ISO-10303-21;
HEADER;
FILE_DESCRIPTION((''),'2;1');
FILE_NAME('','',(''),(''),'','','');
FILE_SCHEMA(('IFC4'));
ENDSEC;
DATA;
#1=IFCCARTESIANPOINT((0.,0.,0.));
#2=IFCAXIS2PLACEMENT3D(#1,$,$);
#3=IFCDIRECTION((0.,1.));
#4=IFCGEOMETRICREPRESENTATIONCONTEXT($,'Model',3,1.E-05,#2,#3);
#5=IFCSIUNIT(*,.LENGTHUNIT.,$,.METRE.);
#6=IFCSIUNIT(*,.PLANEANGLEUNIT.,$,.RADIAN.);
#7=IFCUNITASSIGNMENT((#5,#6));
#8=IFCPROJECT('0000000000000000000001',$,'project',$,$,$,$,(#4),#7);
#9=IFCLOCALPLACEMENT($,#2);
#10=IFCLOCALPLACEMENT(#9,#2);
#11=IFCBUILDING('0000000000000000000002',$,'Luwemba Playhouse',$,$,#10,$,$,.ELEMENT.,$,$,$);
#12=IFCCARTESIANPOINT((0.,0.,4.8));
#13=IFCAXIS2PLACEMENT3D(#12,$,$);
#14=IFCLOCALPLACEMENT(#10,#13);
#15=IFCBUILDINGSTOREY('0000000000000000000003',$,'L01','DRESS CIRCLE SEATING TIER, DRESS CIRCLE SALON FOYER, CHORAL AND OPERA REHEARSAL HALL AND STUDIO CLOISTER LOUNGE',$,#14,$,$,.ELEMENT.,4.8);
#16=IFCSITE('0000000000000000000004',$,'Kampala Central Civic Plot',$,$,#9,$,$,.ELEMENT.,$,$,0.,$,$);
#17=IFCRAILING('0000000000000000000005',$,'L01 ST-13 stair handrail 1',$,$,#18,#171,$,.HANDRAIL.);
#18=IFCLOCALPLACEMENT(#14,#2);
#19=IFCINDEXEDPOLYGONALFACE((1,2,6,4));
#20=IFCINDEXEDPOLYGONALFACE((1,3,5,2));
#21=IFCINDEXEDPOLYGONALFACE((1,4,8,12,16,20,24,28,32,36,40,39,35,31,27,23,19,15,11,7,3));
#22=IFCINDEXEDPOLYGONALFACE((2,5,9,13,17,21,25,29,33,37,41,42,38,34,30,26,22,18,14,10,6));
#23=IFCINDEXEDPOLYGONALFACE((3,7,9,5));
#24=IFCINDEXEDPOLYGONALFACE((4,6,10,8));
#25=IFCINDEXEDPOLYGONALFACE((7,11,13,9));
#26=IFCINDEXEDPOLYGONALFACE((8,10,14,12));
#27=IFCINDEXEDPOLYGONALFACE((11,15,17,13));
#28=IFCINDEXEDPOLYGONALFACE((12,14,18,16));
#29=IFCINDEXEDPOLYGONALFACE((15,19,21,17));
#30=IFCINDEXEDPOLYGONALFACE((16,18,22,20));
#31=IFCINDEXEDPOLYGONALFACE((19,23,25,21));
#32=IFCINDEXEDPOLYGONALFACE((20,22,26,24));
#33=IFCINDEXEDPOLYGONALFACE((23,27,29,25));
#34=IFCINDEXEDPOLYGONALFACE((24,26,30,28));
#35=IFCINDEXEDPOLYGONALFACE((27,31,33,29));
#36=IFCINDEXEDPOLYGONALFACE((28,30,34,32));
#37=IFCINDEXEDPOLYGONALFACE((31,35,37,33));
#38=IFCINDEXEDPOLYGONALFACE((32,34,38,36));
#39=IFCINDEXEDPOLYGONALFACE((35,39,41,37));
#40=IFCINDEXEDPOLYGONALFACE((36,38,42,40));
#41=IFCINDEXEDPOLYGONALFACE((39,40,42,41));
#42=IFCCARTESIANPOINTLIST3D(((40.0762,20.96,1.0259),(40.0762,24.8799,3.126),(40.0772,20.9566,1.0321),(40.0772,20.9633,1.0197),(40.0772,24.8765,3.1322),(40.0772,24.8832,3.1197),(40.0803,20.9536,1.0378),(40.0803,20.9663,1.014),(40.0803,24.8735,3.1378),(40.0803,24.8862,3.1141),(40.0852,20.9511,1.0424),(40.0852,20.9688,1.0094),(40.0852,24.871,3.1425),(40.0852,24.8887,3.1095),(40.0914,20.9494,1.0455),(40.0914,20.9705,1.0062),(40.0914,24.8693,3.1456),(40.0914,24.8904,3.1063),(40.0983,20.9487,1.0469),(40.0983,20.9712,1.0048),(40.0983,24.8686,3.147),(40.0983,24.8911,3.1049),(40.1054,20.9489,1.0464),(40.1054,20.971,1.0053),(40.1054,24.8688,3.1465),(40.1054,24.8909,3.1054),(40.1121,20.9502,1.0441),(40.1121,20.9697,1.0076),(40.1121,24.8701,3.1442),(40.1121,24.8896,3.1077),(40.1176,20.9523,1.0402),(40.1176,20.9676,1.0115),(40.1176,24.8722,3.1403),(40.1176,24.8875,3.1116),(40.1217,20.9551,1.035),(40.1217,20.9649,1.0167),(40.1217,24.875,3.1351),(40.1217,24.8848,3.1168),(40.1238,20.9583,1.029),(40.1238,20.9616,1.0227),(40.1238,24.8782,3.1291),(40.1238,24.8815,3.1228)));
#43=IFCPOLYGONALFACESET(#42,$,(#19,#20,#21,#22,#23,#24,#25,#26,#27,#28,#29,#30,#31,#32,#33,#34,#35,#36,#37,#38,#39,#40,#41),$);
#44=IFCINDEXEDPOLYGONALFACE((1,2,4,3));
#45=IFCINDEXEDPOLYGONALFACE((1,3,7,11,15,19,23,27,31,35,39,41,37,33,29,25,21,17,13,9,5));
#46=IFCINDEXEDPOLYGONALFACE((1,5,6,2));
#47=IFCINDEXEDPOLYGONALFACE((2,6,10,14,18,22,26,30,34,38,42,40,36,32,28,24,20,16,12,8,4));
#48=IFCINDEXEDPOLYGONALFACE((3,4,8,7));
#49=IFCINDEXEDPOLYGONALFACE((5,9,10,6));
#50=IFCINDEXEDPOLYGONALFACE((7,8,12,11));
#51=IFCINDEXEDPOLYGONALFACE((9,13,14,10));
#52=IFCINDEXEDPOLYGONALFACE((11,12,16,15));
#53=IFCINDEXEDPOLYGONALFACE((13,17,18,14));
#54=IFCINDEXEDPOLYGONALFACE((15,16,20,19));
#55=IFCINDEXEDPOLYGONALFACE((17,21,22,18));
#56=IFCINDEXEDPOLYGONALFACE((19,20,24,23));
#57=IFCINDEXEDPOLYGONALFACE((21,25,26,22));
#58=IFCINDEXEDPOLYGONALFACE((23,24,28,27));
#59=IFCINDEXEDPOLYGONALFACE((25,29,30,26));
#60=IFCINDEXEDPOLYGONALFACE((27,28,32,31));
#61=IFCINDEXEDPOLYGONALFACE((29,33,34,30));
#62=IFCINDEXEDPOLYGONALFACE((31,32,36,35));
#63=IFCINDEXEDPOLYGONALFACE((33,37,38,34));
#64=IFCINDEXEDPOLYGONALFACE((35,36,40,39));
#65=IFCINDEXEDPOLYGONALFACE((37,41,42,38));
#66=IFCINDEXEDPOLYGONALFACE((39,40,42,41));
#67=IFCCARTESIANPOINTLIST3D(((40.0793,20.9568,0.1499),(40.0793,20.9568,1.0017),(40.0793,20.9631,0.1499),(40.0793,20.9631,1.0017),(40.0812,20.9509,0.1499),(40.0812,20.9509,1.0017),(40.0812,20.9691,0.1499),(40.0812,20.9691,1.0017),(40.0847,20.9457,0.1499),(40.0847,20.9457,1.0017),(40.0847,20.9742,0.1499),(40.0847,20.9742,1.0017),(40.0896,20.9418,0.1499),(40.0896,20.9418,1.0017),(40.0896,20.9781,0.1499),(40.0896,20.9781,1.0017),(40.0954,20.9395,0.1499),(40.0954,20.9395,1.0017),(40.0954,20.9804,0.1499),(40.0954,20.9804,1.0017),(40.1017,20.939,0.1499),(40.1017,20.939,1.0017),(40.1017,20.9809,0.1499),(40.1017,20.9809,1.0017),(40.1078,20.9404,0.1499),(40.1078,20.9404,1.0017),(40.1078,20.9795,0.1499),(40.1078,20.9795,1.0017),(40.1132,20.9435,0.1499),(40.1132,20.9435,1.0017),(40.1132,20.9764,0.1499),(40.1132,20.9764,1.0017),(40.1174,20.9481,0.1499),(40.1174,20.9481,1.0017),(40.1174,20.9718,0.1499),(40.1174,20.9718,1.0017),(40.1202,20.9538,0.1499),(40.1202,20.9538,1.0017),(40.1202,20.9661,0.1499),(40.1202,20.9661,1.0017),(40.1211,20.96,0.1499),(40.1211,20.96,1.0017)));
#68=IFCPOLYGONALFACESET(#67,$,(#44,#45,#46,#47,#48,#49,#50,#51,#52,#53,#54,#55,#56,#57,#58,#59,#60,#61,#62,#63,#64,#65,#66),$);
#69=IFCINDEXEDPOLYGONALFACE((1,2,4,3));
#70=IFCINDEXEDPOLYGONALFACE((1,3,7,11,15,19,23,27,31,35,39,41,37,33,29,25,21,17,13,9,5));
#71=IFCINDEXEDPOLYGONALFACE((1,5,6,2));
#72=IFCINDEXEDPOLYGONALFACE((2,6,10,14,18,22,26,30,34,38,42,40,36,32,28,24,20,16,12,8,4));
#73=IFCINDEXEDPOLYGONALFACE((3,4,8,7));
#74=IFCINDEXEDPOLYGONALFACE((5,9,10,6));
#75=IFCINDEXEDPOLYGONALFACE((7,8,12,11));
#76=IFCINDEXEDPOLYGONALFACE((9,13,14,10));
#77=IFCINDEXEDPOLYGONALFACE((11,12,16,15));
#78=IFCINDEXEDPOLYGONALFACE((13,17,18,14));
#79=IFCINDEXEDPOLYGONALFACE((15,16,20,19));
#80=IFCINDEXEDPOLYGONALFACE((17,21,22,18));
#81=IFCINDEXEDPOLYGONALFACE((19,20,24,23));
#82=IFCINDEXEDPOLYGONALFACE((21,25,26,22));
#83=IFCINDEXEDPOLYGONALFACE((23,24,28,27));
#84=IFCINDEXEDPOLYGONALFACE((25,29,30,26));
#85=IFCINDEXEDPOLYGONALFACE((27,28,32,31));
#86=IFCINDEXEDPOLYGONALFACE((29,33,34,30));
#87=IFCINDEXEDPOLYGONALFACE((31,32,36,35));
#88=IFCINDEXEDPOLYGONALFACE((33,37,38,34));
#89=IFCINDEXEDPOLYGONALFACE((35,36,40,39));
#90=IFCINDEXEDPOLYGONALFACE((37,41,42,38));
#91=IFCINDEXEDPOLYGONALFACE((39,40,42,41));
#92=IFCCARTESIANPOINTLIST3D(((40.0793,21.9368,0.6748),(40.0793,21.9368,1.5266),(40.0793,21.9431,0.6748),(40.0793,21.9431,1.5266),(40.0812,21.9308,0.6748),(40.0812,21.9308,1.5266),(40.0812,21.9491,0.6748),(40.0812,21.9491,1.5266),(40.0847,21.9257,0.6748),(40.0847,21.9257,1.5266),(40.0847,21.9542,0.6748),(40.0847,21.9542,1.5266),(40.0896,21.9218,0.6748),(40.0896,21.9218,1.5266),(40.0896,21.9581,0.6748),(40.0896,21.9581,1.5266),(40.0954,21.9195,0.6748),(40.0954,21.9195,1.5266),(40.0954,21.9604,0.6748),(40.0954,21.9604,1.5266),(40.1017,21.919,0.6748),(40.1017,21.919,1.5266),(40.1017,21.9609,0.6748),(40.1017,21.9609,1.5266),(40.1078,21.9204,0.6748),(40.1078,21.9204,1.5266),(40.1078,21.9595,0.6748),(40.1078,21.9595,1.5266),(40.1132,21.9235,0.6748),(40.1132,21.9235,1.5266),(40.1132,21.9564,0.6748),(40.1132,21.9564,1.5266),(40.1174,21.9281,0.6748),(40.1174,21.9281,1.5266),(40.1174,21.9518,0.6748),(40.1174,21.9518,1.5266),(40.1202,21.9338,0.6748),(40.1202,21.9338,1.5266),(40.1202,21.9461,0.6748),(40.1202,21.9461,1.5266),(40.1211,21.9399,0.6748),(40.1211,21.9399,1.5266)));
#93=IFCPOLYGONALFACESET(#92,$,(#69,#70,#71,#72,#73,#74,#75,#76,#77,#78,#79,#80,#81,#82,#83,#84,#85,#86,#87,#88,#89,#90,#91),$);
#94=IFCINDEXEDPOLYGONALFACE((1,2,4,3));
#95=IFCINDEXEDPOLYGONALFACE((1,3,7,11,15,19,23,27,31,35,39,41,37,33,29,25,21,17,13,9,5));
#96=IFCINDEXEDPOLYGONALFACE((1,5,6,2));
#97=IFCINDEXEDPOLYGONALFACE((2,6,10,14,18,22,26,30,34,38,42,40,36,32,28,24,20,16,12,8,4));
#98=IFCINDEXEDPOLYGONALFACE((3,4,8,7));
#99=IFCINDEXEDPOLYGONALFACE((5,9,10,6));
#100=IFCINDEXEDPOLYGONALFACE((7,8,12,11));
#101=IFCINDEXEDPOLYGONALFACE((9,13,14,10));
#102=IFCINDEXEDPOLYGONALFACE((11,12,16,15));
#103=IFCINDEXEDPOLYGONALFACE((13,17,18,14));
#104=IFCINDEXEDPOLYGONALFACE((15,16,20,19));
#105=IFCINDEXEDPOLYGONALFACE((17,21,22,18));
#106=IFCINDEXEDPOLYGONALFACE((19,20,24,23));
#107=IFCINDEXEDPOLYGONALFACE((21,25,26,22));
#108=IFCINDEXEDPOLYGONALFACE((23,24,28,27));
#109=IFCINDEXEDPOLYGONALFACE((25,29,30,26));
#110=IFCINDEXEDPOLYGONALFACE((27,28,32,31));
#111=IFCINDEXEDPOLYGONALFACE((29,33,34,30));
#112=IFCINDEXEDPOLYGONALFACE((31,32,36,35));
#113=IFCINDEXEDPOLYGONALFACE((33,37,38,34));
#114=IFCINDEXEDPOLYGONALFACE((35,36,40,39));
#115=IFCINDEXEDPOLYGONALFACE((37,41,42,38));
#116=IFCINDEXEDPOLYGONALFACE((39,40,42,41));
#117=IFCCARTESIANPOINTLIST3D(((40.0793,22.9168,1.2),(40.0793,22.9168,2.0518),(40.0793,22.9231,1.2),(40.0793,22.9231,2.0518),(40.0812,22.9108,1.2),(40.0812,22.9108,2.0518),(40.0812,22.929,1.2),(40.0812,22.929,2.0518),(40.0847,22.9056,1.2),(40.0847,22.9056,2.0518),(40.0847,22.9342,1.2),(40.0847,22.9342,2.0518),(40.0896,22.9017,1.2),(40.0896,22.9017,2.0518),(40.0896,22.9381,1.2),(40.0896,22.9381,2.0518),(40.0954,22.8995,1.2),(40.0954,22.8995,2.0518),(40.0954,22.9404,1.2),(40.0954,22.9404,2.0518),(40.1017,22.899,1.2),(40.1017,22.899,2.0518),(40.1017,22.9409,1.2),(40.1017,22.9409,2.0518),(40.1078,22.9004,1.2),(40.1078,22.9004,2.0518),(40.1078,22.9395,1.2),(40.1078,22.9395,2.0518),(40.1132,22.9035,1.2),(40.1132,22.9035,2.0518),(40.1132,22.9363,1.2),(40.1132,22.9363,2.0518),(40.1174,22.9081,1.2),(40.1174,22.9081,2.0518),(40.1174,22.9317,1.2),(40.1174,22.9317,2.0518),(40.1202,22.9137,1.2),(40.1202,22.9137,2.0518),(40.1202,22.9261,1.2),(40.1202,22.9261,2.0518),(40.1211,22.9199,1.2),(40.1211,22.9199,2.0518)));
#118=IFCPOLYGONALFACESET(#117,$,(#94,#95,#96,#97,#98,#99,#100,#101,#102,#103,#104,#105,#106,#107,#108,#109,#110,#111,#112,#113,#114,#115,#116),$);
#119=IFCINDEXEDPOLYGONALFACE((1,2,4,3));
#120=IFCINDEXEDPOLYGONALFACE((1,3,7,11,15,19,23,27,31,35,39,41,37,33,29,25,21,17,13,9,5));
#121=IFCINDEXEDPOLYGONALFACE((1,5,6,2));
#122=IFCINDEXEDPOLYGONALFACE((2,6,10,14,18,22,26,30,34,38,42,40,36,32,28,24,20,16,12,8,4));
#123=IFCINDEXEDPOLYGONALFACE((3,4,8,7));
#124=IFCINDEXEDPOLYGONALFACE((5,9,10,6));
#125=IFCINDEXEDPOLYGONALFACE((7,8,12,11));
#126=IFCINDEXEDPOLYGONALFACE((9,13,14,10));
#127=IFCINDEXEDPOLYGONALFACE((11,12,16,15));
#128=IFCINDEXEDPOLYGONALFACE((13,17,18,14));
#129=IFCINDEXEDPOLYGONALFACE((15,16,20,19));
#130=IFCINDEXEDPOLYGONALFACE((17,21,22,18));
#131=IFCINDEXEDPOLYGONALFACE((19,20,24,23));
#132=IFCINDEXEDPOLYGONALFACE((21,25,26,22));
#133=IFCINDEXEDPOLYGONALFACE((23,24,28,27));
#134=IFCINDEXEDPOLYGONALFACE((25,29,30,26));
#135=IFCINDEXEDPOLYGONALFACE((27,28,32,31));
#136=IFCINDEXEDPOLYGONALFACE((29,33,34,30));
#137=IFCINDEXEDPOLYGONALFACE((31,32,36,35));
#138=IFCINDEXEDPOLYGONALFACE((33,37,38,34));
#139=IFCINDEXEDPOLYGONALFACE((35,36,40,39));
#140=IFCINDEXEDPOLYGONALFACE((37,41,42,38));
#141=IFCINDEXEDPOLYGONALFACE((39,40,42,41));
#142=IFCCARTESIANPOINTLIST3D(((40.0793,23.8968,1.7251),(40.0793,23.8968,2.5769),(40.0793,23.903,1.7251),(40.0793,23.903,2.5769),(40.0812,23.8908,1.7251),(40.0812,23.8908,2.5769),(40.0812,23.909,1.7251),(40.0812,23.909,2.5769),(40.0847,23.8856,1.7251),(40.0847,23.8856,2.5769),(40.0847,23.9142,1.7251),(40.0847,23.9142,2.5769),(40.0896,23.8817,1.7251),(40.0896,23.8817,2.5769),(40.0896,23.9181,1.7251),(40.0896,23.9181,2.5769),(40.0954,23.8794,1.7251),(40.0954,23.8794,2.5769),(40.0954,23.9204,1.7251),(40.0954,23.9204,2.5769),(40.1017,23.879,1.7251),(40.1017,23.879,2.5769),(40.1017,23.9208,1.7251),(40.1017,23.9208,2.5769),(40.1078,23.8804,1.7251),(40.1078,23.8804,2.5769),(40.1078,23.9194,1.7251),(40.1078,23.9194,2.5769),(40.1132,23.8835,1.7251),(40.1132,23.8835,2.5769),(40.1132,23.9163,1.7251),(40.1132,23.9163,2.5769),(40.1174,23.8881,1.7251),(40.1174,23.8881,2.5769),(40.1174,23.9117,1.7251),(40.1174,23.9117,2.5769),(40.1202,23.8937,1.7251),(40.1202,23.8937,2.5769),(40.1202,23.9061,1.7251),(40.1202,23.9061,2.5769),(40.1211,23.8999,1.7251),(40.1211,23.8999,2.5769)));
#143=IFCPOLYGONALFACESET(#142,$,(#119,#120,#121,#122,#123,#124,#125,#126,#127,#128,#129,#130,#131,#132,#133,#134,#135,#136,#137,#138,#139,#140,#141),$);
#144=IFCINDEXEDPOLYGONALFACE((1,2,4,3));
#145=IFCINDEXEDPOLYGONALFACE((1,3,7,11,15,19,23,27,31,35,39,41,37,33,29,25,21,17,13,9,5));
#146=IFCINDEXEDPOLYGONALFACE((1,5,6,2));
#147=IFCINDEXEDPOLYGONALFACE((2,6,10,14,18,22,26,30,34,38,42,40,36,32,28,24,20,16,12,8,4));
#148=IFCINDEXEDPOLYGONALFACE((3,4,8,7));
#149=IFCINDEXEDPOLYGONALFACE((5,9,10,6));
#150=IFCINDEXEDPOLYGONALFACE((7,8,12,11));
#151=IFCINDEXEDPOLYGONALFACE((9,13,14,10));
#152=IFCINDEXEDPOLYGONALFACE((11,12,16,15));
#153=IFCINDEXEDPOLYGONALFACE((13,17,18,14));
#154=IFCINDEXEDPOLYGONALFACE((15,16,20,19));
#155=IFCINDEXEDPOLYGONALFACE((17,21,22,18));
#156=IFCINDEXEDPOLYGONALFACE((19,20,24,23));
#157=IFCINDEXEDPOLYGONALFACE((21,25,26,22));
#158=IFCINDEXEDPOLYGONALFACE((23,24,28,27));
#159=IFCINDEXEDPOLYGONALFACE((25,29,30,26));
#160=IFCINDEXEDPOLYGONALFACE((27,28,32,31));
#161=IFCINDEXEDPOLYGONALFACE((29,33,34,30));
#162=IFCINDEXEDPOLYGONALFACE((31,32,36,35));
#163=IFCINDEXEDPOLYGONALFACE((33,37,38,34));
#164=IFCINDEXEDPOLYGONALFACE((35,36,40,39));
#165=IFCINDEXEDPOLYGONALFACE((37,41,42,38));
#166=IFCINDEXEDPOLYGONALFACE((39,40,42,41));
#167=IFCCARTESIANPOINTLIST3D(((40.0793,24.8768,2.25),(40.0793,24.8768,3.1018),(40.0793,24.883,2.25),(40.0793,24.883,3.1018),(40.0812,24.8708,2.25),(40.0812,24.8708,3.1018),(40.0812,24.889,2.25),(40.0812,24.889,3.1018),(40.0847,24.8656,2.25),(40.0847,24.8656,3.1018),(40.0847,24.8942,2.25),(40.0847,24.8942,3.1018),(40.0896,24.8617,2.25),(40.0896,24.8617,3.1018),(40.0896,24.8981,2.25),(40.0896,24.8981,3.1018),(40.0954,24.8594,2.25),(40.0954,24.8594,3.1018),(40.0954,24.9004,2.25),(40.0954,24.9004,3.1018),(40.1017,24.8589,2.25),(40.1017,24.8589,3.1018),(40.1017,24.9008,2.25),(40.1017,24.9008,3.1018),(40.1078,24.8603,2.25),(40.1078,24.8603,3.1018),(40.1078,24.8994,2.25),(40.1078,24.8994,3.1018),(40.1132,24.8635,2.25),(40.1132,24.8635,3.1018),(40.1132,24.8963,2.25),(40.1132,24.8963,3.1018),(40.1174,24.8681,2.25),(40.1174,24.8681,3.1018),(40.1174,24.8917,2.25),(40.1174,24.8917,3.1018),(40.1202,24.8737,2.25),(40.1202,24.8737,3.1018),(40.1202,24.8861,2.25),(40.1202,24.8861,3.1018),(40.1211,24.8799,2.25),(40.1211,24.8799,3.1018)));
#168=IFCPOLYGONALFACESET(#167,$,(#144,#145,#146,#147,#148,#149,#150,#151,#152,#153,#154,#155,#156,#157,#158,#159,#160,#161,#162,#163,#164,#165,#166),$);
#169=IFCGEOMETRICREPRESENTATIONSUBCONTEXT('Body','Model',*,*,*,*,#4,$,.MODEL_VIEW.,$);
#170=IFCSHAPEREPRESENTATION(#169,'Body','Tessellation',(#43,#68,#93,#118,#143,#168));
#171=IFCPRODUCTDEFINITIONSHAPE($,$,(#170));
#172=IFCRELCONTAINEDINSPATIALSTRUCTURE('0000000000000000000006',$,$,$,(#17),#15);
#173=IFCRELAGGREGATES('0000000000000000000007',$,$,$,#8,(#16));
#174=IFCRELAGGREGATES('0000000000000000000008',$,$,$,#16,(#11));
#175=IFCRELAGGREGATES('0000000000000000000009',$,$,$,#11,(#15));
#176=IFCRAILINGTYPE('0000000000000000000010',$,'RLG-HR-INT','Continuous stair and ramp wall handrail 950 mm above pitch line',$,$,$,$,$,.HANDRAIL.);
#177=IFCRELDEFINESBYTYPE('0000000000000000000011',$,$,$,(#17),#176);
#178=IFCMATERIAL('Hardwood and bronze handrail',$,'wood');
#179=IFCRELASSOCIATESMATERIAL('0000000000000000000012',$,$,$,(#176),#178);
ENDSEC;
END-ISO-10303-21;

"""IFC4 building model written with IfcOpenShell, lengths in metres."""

from ifc_helpers import new_model, si_unit, direction, frame, origin, origin_2d, place, context, subcontext, project, spatial, circle, extrude, material, type_object, element, save


model = new_model("IFC4")

# Units and contexts
model_context = context("Model", 3, precision=1e-05, world=origin(), true_north=direction((0.0, 1.0)))
body_context = subcontext(model_context, "Body", "Model", "MODEL_VIEW")
ifc_project = project(units=[si_unit("LENGTHUNIT", "METRE"), si_unit("PLANEANGLEUNIT", "RADIAN")], contexts=[model_context])

# Site, building, storey
site_placement = place(None, origin())
site = spatial("IfcSite", under=ifc_project, at=site_placement, Name="Kampala Central Civic Plot", CompositionType="ELEMENT", RefElevation=0.0)
building_placement = place(site_placement, origin())
building = spatial("IfcBuilding", under=site, at=building_placement, Name="Luwemba Playhouse", CompositionType="ELEMENT")
storey_placement = place(building_placement, frame((0.0, 0.0, 4.8)))
storey = spatial("IfcBuildingStorey", under=building, at=storey_placement, Name="L01", Description="DRESS CIRCLE SEATING TIER, DRESS CIRCLE SALON FOYER, CHORAL AND OPERA REHEARSAL HALL AND STUDIO CLOISTER LOUNGE", CompositionType="ELEMENT", Elevation=4.8)

# Railing
ifc_material_1 = material(Name="Hardwood and bronze handrail", Category="wood")
railing_type_1 = type_object("IfcRailingType", Name="RLG-HR-INT", Description="Continuous stair and ramp wall handrail 950 mm above pitch line", PredefinedType="HANDRAIL", material=ifc_material_1)
railing_1_placement = place(storey_placement, frame((40.1001, 20.96, 0.1499)))
element("IfcRailing", 1, at=railing_1_placement, inside=storey, type_object=railing_type_1, Name="L01 ST-13 stair handrail 1", PredefinedType="HANDRAIL", context=body_context, shape_type="SweptSolid", body=[
    extrude(circle(Radius=0.0239, at=origin_2d()), frame((0.0, 0.0, 0.876), z_axis=(0.0, 0.881467, 0.472246), x_axis=(-1.0, 0.0, 0.0)), (0.0, 0.0, 1.0), 4.447),
    extrude(circle(Radius=0.021, at=origin_2d()), origin(), (0.0, 0.0, 1.0), 0.8518),
    extrude(circle(Radius=0.021, at=origin_2d()), frame((0.0, 0.98, 0.5249)), (0.0, 0.0, 1.0), 0.8518),
    extrude(circle(Radius=0.021, at=origin_2d()), frame((0.0, 1.96, 1.05)), (0.0, 0.0, 1.0), 0.8518),
    extrude(circle(Radius=0.021, at=origin_2d()), frame((0.0, 2.9399, 1.5752)), (0.0, 0.0, 1.0), 0.8518),
    extrude(circle(Radius=0.021, at=origin_2d()), frame((0.0, 3.9199, 2.1001)), (0.0, 0.0, 1.0), 0.8518),
])

save(model, "model.ifc")
